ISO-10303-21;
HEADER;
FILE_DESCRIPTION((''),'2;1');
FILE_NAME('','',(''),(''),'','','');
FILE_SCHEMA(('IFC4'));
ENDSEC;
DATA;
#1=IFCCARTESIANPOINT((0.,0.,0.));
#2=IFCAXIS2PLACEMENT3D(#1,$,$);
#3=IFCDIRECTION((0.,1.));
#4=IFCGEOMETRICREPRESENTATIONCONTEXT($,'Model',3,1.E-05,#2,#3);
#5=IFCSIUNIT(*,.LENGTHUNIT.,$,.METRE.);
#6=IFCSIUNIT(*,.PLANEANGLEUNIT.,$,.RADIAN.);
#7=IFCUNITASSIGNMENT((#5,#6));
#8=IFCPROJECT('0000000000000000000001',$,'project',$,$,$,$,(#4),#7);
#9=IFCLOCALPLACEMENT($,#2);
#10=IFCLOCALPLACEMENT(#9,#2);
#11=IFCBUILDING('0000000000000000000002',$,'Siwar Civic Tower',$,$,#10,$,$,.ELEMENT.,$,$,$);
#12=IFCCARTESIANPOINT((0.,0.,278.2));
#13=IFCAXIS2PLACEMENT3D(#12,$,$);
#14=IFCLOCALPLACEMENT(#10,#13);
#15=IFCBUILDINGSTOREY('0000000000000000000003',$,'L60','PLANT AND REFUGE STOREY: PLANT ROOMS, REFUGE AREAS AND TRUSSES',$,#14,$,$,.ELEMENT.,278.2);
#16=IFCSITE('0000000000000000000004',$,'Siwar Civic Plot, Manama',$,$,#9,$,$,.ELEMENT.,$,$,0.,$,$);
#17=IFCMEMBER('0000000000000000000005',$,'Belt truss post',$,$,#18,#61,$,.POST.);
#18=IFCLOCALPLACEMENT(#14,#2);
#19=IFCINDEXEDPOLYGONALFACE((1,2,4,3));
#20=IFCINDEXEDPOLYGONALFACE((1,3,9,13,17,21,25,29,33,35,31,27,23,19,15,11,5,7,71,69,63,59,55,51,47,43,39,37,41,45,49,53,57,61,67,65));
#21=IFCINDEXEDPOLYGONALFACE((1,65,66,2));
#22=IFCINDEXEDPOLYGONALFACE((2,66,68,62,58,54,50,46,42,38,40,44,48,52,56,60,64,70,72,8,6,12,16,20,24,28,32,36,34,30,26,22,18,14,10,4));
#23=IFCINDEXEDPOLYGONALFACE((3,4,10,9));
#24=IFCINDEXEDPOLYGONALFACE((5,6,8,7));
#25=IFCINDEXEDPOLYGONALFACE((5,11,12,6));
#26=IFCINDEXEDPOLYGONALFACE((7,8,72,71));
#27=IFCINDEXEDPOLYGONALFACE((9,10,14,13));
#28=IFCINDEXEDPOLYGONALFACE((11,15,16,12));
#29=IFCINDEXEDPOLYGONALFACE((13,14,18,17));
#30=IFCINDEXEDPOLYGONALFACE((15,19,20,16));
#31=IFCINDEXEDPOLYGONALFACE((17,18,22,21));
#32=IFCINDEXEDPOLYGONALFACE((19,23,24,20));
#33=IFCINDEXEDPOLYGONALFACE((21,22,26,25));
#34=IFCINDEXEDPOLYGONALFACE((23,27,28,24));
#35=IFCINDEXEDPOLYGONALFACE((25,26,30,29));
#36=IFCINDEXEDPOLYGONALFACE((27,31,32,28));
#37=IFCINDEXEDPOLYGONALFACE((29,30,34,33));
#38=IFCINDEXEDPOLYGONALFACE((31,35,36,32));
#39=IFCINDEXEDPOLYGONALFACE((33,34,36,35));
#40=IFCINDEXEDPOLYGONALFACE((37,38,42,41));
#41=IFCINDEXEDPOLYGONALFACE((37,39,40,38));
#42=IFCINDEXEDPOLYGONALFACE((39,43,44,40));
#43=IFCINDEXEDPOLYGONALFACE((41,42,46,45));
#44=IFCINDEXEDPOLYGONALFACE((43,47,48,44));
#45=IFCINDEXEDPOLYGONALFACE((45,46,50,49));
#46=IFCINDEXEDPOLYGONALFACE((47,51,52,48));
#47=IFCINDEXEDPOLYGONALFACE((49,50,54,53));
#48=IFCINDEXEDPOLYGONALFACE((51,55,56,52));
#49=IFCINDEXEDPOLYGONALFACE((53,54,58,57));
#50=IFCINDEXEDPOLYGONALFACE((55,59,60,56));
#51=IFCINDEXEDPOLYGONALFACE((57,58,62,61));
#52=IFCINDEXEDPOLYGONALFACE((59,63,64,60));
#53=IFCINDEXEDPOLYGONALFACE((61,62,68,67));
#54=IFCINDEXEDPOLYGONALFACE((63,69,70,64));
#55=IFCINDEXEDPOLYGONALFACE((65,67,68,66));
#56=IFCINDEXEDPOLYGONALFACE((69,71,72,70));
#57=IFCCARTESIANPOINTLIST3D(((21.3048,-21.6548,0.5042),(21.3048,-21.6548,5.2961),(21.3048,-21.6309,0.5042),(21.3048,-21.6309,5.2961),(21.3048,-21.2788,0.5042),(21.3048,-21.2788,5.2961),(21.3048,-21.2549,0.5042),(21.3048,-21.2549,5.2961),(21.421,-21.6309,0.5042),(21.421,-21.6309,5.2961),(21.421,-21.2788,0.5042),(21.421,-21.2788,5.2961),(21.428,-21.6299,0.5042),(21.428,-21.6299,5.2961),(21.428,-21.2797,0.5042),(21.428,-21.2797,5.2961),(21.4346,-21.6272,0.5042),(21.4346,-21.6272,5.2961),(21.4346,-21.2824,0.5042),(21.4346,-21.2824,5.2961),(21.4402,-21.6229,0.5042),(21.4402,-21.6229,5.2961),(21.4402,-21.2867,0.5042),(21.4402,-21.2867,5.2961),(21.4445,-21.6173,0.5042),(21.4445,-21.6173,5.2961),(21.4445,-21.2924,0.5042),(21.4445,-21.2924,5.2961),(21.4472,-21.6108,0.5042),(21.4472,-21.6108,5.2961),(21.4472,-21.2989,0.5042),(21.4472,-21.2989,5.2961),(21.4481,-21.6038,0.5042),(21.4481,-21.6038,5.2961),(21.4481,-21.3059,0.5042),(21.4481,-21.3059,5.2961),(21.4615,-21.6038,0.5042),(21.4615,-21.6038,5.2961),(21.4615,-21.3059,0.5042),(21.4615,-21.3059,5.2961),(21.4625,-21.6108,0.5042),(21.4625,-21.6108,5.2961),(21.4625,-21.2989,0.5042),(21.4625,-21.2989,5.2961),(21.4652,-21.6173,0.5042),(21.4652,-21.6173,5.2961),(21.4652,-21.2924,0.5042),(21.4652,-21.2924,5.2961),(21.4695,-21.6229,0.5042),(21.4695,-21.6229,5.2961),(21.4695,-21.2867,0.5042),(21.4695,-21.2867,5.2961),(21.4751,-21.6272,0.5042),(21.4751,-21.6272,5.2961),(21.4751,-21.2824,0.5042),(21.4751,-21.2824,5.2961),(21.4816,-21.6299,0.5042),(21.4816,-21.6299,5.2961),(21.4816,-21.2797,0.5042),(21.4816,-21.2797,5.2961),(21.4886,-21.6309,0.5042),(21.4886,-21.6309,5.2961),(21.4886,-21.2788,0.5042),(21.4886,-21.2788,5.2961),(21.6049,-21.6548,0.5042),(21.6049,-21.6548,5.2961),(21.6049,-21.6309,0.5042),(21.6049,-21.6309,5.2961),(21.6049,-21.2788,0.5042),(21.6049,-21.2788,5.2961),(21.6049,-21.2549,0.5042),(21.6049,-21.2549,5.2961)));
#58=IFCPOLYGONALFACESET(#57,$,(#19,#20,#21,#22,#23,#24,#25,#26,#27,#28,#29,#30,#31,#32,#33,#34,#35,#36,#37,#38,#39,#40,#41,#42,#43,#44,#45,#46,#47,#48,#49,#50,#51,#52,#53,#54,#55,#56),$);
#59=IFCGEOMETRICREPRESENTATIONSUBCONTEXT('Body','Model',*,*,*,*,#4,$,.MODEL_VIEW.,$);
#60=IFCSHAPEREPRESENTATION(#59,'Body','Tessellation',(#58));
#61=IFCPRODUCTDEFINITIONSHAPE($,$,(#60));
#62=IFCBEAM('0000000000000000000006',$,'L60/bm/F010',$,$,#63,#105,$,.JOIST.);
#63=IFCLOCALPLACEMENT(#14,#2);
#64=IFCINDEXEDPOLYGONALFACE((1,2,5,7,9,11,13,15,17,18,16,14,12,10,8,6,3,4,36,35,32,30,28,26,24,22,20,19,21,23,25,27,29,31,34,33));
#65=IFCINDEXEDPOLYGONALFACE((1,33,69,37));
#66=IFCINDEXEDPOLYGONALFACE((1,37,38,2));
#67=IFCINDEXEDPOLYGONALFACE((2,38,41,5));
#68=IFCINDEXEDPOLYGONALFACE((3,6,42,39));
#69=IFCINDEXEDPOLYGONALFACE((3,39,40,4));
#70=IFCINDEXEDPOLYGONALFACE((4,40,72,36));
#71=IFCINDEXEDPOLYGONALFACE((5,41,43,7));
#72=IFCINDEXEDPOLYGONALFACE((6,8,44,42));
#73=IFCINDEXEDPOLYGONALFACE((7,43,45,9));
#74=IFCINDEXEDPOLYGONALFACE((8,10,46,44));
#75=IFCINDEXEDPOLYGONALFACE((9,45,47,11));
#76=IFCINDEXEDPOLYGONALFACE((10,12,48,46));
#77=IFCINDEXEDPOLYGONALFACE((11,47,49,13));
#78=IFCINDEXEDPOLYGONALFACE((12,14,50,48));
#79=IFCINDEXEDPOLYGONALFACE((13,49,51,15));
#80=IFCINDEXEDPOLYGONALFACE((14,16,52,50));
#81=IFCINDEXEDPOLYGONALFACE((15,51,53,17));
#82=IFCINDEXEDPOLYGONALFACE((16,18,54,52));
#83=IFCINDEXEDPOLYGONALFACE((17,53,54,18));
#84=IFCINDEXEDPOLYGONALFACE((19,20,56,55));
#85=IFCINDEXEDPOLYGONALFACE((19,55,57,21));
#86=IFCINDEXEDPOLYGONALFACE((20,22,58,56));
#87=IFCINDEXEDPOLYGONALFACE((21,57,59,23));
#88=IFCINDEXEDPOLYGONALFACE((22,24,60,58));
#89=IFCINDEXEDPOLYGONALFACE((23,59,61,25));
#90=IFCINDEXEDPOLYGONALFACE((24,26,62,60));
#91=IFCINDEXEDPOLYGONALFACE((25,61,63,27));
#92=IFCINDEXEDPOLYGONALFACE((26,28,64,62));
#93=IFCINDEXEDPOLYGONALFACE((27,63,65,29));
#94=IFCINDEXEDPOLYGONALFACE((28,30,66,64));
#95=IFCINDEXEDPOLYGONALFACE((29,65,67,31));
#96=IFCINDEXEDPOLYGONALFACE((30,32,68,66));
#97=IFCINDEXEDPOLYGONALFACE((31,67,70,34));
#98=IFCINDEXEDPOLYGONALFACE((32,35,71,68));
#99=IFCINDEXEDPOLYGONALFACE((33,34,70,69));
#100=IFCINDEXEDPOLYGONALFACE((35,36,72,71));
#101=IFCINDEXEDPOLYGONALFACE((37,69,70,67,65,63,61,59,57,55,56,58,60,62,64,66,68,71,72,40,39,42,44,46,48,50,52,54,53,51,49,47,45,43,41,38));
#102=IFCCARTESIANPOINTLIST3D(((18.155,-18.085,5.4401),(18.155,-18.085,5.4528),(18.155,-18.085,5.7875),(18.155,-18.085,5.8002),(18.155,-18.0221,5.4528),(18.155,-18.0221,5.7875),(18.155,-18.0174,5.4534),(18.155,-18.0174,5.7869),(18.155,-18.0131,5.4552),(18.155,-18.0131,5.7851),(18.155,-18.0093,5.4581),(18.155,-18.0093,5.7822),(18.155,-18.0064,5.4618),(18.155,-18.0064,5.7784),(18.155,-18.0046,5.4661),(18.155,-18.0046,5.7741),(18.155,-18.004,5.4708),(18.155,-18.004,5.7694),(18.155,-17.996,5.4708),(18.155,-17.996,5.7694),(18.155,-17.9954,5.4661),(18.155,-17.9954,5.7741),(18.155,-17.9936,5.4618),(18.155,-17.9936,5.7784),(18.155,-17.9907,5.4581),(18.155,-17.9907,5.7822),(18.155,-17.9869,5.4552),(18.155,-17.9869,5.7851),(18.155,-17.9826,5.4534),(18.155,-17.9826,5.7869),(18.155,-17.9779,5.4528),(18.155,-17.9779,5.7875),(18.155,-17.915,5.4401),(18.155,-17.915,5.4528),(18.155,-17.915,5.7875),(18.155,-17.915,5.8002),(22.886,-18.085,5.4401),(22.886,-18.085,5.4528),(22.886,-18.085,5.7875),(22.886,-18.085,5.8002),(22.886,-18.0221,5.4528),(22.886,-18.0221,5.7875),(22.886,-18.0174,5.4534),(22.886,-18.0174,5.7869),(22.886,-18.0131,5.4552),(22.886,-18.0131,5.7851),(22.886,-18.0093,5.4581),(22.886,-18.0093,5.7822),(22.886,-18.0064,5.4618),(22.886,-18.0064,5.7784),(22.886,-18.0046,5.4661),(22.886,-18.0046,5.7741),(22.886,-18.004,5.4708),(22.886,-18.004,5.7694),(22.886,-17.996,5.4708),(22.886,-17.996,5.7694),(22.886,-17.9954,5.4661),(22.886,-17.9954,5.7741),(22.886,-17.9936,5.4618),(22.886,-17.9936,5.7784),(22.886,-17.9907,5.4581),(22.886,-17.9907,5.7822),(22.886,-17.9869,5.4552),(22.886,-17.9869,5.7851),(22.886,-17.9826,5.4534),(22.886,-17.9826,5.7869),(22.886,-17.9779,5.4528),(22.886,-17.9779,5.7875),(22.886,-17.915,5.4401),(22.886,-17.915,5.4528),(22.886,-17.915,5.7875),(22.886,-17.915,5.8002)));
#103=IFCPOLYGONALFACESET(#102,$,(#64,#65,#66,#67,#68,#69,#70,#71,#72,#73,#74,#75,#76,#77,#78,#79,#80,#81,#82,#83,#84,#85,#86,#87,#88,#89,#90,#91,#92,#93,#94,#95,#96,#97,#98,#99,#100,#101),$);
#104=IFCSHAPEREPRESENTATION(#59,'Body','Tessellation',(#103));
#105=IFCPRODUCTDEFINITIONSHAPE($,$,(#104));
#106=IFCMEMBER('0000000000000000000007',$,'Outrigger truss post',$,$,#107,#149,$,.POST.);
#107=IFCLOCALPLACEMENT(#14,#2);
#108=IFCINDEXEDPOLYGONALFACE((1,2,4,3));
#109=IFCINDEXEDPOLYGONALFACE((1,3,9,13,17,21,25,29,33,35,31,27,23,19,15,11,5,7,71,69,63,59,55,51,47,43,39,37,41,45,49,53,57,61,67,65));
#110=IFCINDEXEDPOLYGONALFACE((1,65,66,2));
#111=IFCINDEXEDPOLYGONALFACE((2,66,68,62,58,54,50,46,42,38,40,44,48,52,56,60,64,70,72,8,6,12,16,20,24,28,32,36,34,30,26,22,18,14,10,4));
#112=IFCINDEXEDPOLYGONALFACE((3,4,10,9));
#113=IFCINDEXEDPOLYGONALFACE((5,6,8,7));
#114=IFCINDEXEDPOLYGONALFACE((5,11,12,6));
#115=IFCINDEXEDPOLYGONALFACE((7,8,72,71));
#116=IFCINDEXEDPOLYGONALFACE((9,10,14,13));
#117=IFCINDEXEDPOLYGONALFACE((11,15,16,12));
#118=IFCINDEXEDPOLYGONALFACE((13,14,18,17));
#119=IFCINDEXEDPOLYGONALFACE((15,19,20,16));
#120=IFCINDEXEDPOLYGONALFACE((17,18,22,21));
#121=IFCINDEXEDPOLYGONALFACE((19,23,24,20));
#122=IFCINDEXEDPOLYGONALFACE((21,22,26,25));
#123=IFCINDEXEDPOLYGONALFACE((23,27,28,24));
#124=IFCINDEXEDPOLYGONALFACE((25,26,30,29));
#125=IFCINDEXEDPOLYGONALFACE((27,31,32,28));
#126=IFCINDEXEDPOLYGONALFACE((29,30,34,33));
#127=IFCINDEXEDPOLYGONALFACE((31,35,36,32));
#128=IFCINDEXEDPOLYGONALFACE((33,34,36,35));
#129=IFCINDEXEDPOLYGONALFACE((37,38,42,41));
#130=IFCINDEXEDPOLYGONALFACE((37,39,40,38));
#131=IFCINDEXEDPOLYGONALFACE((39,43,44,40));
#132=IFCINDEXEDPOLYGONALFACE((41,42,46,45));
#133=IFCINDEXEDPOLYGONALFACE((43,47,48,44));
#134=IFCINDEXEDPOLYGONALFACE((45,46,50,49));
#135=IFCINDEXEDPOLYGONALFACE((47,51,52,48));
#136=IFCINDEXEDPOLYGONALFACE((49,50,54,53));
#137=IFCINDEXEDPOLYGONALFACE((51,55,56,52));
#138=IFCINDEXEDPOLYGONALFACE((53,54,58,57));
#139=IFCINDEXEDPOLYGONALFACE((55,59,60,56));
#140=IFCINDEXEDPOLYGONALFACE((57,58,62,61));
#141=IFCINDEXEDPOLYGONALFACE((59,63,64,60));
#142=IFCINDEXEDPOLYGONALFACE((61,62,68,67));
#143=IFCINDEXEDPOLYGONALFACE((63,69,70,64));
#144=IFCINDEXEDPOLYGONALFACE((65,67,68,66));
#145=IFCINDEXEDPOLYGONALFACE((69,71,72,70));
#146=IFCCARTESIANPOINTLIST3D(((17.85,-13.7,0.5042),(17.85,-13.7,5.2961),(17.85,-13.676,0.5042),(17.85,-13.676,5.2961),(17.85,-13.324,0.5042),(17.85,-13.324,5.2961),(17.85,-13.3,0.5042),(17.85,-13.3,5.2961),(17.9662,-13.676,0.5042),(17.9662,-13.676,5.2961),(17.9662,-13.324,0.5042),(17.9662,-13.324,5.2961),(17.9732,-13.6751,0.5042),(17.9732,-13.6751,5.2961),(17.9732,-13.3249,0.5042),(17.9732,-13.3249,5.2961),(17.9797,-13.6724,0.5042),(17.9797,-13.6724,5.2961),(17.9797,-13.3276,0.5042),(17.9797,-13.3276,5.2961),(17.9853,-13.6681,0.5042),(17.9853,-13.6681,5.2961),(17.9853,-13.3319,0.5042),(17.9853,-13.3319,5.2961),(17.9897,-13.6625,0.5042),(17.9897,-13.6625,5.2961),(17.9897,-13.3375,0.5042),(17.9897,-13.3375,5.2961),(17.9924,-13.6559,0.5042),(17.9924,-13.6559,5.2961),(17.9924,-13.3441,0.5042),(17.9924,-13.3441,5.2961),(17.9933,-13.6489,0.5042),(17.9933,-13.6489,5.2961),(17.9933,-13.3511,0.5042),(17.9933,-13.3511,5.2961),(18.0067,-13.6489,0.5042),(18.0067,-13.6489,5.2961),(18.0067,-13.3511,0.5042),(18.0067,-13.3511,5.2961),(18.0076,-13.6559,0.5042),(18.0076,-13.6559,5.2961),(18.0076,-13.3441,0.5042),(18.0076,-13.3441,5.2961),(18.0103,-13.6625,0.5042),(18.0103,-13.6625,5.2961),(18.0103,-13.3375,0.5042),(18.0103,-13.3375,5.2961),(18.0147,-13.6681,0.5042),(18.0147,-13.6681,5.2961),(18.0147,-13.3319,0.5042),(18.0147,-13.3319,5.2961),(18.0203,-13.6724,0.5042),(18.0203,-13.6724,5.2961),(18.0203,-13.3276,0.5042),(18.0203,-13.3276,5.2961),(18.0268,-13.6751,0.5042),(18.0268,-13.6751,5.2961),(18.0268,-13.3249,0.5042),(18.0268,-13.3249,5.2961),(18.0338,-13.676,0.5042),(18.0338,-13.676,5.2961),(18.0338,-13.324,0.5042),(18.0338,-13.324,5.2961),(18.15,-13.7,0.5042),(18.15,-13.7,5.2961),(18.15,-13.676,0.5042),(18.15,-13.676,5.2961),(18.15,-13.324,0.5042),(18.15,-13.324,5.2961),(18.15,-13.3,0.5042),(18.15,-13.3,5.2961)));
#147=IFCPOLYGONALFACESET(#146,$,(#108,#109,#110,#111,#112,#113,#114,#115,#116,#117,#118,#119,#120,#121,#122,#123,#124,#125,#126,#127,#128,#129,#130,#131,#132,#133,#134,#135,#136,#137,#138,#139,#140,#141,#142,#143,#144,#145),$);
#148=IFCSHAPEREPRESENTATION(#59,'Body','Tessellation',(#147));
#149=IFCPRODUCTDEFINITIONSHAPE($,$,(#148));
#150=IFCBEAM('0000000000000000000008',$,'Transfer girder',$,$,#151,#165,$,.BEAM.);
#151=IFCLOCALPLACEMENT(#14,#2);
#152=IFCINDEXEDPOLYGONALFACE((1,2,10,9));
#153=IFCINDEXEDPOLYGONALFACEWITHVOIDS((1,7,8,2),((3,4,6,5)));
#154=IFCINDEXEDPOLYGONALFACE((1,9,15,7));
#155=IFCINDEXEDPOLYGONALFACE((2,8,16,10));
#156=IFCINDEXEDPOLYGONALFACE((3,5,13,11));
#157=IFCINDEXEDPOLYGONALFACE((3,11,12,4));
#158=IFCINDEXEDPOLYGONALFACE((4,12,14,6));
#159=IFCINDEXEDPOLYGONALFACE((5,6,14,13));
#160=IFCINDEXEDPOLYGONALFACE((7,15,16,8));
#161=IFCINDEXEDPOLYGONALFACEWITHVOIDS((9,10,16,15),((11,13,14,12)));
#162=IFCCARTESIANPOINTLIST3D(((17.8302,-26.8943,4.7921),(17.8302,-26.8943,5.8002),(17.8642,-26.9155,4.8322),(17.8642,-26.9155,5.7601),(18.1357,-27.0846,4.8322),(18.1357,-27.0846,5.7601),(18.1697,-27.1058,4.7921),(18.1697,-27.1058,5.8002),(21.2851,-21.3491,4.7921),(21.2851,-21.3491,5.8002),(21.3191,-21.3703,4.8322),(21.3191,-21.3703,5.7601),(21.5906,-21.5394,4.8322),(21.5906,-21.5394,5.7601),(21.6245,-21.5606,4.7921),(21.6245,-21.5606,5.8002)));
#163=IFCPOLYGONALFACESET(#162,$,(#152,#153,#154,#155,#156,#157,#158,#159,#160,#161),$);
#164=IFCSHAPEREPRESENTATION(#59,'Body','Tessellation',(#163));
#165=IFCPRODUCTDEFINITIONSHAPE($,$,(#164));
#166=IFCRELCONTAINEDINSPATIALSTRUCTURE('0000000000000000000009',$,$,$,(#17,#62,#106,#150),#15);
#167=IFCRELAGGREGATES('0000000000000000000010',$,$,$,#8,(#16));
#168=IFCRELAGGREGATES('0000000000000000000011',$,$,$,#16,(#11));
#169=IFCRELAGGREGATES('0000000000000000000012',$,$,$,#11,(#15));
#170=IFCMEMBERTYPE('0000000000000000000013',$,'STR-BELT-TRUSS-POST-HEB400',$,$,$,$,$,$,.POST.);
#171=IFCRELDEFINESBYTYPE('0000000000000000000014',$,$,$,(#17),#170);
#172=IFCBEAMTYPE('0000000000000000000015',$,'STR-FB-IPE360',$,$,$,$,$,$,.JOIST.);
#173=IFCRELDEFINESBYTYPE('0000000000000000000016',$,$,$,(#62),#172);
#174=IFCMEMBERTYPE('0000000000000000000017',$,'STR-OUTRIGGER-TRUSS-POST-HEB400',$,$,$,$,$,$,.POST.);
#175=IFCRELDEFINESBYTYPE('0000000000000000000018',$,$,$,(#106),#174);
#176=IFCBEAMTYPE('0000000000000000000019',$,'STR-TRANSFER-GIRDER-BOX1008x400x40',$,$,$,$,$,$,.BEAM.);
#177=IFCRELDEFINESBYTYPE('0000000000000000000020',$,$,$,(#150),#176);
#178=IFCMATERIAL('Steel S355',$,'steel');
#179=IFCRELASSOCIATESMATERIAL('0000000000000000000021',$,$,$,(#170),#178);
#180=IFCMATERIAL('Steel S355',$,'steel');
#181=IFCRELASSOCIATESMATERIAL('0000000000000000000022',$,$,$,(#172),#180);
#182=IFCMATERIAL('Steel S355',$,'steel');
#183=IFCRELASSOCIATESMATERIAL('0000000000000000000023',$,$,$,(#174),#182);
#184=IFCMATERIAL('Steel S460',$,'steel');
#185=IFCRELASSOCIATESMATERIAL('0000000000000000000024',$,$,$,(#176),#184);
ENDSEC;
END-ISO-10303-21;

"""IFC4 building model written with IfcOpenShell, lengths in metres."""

from ifc_helpers import new_model, si_unit, direction, frame, origin, origin_2d, place, context, subcontext, project, spatial, hollow_rectangle, i_section, extrude, material, material_profile, profile_set, type_object, element, save


model = new_model("IFC4")

# Units and contexts
model_context = context("Model", 3, precision=1e-05, world=origin(), true_north=direction((0.0, 1.0)))
body_context = subcontext(model_context, "Body", "Model", "MODEL_VIEW")
ifc_project = project(units=[si_unit("LENGTHUNIT", "METRE"), si_unit("PLANEANGLEUNIT", "RADIAN")], contexts=[model_context])

# Site, building, storey
site_placement = place(None, origin())
site = spatial("IfcSite", under=ifc_project, at=site_placement, Name="Siwar Civic Plot, Manama", CompositionType="ELEMENT", RefElevation=0.0)
building_placement = place(site_placement, origin())
building = spatial("IfcBuilding", under=site, at=building_placement, Name="Siwar Civic Tower", CompositionType="ELEMENT")
storey_placement = place(building_placement, frame((0.0, 0.0, 278.2)))
storey = spatial("IfcBuildingStorey", under=building, at=storey_placement, Name="L60", Description="PLANT AND REFUGE STOREY: PLANT ROOMS, REFUGE AREAS AND TRUSSES", CompositionType="ELEMENT", Elevation=278.2)

# Member
ifc_material_1 = material(Name="Steel S355", Category="steel")
ifc_material_profile_1 = material_profile(ifc_material_1, i_section(OverallWidth=0.3, OverallDepth=0.3999, WebThickness=0.0134, FlangeThickness=0.0239, FilletRadius=0.0271, at=origin_2d()), Name="HEB400")
ifc_profile_set_1 = profile_set([ifc_material_profile_1], Name="Steel S355")
member_type_1 = type_object("IfcMemberType", Name="STR-BELT-TRUSS-POST-HEB400", PredefinedType="POST", material=ifc_profile_set_1)
member_1_placement = place(storey_placement, frame((21.4548, -21.4548, 0.5042), z_axis=(0.0, 0.0, 1.0), x_axis=(1.0, 0.0, 0.0)))
element("IfcMember", 1, at=member_1_placement, inside=storey, type_object=member_type_1, Name="Belt truss post", PredefinedType="POST", context=body_context, shape_type="SweptSolid", body=[
    extrude(i_section(OverallWidth=0.3, OverallDepth=0.3999, WebThickness=0.0134, FlangeThickness=0.0239, FilletRadius=0.0271, at=origin_2d()), origin(), (0.0, 0.0, 1.0), 4.792),
])

# Beam
ifc_material_2 = material(Name="Steel S355", Category="steel")
ifc_material_profile_2 = material_profile(ifc_material_2, i_section(OverallWidth=0.1699, OverallDepth=0.3601, WebThickness=0.0081, FlangeThickness=0.0127, FilletRadius=0.0181, at=origin_2d()), Name="IPE360")
ifc_profile_set_2 = profile_set([ifc_material_profile_2], Name="Steel S355")
beam_type_1 = type_object("IfcBeamType", Name="STR-FB-IPE360", PredefinedType="JOIST", material=ifc_profile_set_2)
beam_1_placement = place(storey_placement, frame((18.155, -18.0, 5.6201), z_axis=(1.0, 0.0, 0.0), x_axis=(0.0, 1.0, 0.0)))
element("IfcBeam", 2, at=beam_1_placement, inside=storey, type_object=beam_type_1, Name="L60/bm/F010", PredefinedType="JOIST", context=body_context, shape_type="SweptSolid", body=[
    extrude(i_section(OverallWidth=0.1699, OverallDepth=0.3601, WebThickness=0.0081, FlangeThickness=0.0127, FilletRadius=0.0181, at=origin_2d()), origin(), (0.0, 0.0, 1.0), 4.731),
])

# Member
ifc_material_3 = material(Name="Steel S355", Category="steel")
ifc_material_profile_3 = material_profile(ifc_material_3, i_section(OverallWidth=0.3, OverallDepth=0.3999, WebThickness=0.0134, FlangeThickness=0.0239, FilletRadius=0.0271, at=origin_2d()), Name="HEB400")
ifc_profile_set_3 = profile_set([ifc_material_profile_3], Name="Steel S355")
member_type_2 = type_object("IfcMemberType", Name="STR-OUTRIGGER-TRUSS-POST-HEB400", PredefinedType="POST", material=ifc_profile_set_3)
member_2_placement = place(storey_placement, frame((18.0, -13.5, 0.5042), z_axis=(0.0, 0.0, 1.0), x_axis=(1.0, 0.0, 0.0)))
element("IfcMember", 3, at=member_2_placement, inside=storey, type_object=member_type_2, Name="Outrigger truss post", PredefinedType="POST", context=body_context, shape_type="SweptSolid", body=[
    extrude(i_section(OverallWidth=0.3, OverallDepth=0.3999, WebThickness=0.0134, FlangeThickness=0.0239, FilletRadius=0.0271, at=origin_2d()), origin(), (0.0, 0.0, 1.0), 4.792),
])

# Beam
ifc_material_4 = material(Name="Steel S460", Category="steel")
ifc_material_profile_4 = material_profile(ifc_material_4, hollow_rectangle(XDim=0.3999, YDim=1.0081, WallThickness=0.04, at=origin_2d()), Name="BOX1008x400x40")
ifc_profile_set_4 = profile_set([ifc_material_profile_4], Name="Steel S460")
beam_type_2 = type_object("IfcBeamType", Name="STR-TRANSFER-GIRDER-BOX1008x400x40", PredefinedType="BEAM", material=ifc_profile_set_4)
beam_2_placement = place(storey_placement, frame((21.4548, -21.4548, 5.2961), z_axis=(-0.528799, -0.848747, 0.0), x_axis=(0.848747, -0.528799, 0.0)))
element("IfcBeam", 4, at=beam_2_placement, inside=storey, type_object=beam_type_2, Name="Transfer girder", PredefinedType="BEAM", context=body_context, shape_type="SweptSolid", body=[
    extrude(hollow_rectangle(XDim=0.3999, YDim=1.0081, WallThickness=0.04, at=origin_2d()), origin(), (0.0, 0.0, 1.0), 6.5334),
])

save(model, "model.ifc")
